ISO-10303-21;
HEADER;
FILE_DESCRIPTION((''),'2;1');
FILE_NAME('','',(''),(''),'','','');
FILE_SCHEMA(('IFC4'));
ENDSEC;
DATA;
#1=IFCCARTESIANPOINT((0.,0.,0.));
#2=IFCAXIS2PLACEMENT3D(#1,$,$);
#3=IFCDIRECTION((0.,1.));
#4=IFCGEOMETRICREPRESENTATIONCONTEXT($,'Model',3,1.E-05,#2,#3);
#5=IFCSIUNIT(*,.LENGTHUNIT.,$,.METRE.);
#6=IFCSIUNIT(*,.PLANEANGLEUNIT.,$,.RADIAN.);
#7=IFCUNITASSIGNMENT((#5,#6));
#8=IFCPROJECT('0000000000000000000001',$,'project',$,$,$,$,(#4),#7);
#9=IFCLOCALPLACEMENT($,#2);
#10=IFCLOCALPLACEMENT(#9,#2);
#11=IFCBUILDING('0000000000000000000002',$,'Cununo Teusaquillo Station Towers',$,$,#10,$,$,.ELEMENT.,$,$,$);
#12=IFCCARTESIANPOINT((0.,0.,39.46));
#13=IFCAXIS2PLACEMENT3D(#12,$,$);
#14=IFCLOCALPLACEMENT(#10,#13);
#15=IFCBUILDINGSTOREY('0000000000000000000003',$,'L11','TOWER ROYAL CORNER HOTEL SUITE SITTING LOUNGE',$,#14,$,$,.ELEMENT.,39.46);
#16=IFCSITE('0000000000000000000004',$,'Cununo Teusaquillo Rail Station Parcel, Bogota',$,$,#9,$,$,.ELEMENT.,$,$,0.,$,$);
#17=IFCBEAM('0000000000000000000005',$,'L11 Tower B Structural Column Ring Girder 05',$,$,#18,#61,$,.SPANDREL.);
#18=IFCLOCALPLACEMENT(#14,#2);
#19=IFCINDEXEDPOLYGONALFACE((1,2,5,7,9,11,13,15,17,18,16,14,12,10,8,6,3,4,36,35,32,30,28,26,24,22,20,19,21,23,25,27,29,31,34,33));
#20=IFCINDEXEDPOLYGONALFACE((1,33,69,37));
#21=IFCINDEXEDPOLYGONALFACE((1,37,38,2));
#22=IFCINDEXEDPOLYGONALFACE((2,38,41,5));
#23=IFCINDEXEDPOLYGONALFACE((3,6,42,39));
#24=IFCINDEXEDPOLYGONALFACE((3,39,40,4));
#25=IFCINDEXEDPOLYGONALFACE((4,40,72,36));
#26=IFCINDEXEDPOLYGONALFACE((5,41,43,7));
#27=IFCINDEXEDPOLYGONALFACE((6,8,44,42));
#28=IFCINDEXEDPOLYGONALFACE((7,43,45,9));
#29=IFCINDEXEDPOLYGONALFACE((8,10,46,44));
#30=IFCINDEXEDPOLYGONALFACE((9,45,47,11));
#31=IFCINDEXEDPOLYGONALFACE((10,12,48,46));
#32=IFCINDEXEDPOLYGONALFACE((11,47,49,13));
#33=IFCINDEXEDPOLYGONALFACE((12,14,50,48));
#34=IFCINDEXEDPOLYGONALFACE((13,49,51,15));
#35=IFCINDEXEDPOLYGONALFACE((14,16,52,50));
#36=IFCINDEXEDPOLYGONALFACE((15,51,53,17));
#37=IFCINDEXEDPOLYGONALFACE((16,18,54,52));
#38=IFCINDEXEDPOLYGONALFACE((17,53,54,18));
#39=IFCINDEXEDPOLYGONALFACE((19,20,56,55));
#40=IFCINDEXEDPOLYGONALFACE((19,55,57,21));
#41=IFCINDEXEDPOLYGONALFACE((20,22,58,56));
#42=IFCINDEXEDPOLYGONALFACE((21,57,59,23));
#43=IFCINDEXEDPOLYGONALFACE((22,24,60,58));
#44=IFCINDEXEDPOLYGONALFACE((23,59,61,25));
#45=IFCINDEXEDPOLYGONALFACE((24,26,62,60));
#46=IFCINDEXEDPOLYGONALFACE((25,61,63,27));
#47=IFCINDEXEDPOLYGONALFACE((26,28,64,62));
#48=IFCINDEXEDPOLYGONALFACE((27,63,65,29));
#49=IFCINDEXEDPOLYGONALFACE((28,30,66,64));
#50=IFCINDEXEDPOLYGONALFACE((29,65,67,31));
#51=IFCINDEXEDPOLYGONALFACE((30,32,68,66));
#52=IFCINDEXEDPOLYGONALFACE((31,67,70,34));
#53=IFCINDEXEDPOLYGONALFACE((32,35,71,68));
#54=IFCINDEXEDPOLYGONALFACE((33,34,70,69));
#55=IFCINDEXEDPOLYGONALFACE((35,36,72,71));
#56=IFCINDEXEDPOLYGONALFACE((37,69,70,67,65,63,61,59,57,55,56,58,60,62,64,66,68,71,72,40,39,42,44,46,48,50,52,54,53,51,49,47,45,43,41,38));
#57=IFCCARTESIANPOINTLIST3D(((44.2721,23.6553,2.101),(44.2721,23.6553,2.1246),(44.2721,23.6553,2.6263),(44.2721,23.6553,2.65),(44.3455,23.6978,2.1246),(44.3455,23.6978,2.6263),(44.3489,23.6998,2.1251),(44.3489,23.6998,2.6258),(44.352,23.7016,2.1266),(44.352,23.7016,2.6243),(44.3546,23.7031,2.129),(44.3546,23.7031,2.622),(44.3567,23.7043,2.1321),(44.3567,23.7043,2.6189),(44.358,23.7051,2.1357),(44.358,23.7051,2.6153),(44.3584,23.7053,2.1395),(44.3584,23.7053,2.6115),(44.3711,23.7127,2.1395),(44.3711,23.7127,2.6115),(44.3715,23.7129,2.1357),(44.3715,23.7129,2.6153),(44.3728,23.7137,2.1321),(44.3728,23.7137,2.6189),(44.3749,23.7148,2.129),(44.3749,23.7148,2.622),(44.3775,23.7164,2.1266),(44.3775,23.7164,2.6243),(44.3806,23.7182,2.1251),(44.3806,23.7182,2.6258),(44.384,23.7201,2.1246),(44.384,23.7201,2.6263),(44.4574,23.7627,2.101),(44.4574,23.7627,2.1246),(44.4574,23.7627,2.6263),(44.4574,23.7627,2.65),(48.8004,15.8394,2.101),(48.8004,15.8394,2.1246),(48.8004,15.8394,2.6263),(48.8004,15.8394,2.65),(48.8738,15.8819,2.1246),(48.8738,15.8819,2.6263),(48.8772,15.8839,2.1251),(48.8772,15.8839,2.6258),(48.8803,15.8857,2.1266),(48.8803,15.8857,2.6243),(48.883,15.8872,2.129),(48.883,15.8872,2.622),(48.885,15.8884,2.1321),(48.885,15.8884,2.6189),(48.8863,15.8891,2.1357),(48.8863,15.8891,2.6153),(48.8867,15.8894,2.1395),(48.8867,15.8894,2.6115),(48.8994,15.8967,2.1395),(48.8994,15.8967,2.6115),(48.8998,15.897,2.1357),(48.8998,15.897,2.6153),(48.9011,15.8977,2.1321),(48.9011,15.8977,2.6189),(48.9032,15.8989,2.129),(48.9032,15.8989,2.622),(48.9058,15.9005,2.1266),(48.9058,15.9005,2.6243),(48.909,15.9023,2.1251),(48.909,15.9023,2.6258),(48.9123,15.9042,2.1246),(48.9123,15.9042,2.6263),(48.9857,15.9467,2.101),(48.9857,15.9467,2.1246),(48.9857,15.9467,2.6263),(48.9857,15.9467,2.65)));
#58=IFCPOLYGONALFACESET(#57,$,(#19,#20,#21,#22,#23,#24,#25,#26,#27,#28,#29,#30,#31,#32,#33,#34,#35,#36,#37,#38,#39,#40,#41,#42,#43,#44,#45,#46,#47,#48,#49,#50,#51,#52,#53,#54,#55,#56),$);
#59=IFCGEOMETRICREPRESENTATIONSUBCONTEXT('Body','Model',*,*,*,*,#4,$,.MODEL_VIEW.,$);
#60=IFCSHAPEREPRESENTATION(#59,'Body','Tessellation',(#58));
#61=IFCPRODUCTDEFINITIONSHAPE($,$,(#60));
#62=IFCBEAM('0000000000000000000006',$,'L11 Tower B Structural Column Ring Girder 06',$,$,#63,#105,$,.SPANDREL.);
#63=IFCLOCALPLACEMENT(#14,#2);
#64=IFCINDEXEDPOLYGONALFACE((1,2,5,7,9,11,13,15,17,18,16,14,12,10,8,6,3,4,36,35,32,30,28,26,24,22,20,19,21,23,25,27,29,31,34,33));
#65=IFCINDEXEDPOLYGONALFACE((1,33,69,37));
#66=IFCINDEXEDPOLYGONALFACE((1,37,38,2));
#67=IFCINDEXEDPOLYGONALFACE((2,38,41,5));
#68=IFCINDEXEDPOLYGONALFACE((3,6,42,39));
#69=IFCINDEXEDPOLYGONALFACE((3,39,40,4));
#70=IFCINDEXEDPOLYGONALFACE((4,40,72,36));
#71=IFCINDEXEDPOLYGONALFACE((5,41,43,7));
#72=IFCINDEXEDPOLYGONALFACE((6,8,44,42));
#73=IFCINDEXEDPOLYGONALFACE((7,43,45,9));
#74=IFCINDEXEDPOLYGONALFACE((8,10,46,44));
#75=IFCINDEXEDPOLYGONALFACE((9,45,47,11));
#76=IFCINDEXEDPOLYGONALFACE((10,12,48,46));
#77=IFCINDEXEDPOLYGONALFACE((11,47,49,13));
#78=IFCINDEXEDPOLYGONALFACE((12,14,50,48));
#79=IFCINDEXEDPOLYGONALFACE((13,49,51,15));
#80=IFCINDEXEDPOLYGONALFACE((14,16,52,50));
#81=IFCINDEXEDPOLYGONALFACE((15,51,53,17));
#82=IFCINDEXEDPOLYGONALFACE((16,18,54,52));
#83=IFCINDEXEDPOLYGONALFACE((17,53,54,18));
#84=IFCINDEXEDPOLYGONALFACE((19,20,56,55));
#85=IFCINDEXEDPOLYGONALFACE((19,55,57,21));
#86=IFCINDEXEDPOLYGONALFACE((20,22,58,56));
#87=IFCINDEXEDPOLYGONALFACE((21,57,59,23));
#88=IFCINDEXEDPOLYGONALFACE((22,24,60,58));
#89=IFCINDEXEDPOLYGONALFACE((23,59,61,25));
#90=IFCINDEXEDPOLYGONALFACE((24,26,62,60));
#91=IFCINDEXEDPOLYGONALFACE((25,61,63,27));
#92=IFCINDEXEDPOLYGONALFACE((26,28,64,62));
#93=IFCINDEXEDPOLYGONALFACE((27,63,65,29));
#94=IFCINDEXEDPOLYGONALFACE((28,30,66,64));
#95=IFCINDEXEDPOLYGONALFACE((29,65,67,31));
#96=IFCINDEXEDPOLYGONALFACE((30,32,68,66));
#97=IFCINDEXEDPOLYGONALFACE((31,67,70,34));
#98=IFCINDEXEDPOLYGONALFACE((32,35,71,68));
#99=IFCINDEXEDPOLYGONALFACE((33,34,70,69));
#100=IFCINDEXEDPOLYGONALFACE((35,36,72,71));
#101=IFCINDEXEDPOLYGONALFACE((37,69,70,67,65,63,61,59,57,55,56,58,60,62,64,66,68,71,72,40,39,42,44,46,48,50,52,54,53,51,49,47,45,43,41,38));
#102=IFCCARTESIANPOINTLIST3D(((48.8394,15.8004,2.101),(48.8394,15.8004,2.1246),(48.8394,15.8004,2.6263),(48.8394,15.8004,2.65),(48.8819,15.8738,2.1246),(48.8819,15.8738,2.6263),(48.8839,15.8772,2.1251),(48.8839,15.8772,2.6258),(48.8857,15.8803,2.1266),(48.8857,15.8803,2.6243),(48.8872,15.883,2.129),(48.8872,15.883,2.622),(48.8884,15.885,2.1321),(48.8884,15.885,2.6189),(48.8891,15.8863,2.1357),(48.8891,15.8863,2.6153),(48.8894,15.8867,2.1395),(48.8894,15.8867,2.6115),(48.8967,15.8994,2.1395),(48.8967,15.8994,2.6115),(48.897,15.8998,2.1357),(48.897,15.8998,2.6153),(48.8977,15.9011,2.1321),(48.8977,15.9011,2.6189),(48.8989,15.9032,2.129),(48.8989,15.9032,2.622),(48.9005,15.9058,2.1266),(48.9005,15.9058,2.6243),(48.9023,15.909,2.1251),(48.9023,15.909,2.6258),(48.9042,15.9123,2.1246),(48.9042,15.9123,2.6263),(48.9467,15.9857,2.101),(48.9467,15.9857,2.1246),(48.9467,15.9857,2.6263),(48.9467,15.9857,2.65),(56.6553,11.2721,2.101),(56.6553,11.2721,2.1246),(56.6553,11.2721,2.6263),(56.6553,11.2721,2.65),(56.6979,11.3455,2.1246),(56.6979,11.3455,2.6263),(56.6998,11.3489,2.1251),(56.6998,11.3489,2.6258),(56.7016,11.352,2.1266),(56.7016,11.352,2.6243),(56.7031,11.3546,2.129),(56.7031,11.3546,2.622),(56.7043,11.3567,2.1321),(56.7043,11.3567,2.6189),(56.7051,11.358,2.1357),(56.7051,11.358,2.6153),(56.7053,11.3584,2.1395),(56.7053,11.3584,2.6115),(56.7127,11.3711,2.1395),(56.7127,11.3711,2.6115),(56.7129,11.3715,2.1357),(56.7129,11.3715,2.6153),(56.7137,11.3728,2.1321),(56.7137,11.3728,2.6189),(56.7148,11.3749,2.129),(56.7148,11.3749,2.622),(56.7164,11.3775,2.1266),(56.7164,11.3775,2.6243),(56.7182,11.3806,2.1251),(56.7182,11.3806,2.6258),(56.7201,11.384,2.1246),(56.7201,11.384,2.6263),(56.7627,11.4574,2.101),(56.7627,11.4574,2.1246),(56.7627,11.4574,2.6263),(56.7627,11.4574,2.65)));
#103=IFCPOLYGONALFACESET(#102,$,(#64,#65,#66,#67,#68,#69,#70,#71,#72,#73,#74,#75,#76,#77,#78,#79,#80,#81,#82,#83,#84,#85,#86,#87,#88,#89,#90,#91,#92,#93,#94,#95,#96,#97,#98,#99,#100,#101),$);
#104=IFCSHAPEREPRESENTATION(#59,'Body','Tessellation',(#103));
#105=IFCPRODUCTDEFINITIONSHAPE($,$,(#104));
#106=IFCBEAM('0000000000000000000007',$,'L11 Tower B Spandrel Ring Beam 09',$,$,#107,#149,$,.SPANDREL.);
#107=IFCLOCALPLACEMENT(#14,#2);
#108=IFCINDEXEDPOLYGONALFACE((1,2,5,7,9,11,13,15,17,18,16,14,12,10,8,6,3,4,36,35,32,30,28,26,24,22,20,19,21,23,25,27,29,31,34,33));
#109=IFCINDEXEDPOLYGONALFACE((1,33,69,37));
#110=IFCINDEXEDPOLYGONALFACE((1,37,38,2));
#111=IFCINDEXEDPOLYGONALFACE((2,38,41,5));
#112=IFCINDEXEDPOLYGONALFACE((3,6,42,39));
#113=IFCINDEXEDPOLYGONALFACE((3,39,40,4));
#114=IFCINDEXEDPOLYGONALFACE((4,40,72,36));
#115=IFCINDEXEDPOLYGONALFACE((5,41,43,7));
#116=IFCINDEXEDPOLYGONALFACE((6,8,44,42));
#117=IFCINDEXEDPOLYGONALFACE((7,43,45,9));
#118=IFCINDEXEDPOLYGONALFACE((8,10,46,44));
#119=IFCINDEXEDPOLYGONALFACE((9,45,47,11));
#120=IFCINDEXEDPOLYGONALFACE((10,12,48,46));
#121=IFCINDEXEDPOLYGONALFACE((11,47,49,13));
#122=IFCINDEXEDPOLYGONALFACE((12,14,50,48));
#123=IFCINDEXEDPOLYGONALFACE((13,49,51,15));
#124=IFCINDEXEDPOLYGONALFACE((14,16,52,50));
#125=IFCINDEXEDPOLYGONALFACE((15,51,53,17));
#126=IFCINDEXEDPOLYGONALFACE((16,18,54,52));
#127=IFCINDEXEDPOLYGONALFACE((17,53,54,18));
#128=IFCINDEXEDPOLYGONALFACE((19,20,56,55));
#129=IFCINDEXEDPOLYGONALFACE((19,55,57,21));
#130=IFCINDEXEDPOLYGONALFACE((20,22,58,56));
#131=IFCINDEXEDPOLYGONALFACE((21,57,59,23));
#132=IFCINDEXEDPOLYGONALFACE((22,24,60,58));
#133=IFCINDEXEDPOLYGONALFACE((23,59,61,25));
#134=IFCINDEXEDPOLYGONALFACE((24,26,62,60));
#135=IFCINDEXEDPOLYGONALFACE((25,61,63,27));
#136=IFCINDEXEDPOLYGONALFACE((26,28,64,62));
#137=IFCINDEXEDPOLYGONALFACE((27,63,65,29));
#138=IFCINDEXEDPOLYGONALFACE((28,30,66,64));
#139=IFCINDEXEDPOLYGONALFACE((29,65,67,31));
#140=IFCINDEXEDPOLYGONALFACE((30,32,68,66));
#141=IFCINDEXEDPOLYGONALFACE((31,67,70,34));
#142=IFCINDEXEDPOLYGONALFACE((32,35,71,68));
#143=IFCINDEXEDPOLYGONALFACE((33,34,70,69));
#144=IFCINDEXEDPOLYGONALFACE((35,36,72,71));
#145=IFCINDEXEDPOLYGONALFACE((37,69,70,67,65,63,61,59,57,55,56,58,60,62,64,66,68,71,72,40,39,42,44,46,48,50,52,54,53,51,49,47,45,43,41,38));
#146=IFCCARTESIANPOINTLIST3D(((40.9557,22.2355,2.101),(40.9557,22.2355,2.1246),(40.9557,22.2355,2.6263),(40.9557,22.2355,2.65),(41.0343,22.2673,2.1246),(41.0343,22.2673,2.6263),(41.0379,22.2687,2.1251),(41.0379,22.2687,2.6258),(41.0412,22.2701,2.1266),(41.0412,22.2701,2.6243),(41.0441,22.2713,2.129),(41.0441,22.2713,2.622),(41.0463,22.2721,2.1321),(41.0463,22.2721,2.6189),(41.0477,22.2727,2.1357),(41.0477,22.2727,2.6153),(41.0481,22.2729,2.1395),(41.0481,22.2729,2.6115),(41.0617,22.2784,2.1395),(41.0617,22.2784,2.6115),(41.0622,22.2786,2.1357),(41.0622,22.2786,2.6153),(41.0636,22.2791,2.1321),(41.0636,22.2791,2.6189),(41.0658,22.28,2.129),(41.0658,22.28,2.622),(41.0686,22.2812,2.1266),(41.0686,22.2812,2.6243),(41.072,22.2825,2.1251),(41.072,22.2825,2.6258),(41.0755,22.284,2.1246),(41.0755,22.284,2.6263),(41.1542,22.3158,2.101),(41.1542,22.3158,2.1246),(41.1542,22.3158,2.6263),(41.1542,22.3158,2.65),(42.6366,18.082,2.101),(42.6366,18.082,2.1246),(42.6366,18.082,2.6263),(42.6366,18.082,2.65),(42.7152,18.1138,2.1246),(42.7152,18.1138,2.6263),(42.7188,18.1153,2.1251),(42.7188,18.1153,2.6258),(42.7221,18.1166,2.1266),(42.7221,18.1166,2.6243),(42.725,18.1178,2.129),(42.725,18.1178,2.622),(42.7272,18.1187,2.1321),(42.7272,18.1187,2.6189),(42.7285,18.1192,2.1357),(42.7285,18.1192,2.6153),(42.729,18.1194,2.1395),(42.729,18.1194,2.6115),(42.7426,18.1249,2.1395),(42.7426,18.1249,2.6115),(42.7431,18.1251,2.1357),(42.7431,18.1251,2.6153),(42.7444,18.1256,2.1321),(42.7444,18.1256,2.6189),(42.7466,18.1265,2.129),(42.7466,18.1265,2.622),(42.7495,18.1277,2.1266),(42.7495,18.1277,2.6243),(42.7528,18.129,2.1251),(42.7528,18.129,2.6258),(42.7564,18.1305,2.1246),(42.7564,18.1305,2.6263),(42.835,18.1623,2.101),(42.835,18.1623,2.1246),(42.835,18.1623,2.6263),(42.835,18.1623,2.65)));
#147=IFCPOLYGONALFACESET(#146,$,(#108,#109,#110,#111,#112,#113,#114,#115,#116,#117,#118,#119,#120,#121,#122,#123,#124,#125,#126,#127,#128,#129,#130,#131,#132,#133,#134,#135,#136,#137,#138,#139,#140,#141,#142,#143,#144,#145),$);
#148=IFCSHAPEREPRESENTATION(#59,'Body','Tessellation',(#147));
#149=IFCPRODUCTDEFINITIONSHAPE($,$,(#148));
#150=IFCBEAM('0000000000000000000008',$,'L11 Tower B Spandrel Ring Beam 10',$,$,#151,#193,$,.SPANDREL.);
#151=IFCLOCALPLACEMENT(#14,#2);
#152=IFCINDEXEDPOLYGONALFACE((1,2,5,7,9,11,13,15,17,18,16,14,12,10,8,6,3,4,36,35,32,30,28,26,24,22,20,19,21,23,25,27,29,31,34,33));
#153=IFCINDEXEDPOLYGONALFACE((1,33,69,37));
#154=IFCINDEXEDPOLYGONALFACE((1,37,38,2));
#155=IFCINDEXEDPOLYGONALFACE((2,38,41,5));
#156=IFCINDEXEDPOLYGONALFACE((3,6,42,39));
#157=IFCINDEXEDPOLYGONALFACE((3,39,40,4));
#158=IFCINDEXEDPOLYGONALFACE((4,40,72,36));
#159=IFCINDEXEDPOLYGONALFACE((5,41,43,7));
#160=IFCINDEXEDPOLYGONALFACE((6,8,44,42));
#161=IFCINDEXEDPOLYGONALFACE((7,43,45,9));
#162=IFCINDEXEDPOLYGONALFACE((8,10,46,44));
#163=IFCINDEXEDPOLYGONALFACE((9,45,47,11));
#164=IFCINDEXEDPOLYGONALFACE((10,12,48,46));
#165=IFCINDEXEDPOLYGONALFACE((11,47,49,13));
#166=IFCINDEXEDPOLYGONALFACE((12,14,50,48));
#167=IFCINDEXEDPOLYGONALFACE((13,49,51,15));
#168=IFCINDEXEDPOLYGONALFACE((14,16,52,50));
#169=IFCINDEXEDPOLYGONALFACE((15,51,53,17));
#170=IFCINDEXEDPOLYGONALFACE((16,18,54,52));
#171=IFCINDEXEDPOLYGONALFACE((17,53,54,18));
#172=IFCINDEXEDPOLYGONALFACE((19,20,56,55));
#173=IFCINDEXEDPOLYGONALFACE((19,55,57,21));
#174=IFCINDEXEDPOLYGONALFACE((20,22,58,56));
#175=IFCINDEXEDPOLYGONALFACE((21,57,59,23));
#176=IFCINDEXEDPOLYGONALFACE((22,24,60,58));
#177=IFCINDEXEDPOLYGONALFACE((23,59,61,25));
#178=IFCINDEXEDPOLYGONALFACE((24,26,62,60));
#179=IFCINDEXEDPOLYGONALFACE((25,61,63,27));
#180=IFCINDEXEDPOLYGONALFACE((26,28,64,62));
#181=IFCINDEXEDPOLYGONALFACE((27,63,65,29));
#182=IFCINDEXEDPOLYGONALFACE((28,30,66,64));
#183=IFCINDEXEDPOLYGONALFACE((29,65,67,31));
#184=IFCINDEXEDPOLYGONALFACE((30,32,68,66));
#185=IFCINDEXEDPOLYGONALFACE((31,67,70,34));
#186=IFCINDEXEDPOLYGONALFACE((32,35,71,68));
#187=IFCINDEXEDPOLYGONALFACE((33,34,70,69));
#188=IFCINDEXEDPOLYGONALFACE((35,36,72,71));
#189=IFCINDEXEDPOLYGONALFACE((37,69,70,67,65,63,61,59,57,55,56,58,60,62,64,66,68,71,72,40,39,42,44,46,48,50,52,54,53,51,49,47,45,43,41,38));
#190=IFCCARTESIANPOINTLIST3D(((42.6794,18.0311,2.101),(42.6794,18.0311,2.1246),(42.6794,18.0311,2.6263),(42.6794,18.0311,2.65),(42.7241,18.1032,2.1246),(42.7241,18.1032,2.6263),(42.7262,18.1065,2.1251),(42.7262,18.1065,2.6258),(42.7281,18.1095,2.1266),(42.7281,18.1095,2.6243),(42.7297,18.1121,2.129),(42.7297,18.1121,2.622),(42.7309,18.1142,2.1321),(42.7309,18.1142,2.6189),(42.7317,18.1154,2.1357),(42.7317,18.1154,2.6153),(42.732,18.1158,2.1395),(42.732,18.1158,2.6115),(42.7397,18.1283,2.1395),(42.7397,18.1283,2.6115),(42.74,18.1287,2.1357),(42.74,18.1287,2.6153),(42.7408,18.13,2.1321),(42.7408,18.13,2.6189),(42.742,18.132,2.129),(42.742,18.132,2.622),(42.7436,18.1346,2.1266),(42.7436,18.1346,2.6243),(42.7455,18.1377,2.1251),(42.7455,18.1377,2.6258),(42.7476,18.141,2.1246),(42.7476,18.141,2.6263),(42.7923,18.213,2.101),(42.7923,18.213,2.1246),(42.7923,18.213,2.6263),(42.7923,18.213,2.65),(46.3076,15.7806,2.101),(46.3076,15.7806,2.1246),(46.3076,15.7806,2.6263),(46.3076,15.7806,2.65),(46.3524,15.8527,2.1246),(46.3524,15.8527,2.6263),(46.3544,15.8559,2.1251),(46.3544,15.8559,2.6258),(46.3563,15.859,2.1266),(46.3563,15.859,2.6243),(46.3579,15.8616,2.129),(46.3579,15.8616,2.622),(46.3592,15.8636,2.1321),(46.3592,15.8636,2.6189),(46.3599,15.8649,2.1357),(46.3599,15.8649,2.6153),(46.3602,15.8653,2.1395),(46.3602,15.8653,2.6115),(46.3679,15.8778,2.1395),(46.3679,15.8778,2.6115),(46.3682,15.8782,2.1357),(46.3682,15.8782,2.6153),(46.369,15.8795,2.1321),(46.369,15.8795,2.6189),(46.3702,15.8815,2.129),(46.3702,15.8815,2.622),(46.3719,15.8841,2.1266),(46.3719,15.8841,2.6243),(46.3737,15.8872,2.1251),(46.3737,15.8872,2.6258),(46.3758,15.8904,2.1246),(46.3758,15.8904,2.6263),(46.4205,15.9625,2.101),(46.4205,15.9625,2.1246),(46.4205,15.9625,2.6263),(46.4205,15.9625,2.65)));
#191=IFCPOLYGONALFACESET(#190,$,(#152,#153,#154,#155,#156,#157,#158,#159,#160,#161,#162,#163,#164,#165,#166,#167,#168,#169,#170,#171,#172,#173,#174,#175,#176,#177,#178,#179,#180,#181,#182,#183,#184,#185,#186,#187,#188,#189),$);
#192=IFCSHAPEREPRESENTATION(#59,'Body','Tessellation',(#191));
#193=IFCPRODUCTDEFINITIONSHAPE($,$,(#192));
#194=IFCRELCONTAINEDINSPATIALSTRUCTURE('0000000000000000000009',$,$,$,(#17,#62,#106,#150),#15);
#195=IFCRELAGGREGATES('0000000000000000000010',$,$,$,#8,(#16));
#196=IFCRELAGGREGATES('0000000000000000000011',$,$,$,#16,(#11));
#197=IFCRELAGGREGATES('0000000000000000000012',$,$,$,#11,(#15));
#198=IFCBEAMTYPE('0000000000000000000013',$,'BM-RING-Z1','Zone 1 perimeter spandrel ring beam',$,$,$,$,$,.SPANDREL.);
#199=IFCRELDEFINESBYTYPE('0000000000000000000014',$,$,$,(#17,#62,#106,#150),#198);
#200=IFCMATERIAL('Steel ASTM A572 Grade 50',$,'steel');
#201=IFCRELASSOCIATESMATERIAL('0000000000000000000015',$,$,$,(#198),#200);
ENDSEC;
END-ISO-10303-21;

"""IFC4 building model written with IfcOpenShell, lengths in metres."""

from ifc_helpers import new_model, si_unit, direction, frame, origin, origin_2d, place, context, subcontext, project, spatial, i_section, extrude, material, material_profile, profile_set, type_object, element, save


model = new_model("IFC4")

# Units and contexts
model_context = context("Model", 3, precision=1e-05, world=origin(), true_north=direction((0.0, 1.0)))
body_context = subcontext(model_context, "Body", "Model", "MODEL_VIEW")
ifc_project = project(units=[si_unit("LENGTHUNIT", "METRE"), si_unit("PLANEANGLEUNIT", "RADIAN")], contexts=[model_context])

# Site, building, storey
site_placement = place(None, origin())
site = spatial("IfcSite", under=ifc_project, at=site_placement, Name="Cununo Teusaquillo Rail Station Parcel, Bogota", CompositionType="ELEMENT", RefElevation=0.0)
building_placement = place(site_placement, origin())
building = spatial("IfcBuilding", under=site, at=building_placement, Name="Cununo Teusaquillo Station Towers", CompositionType="ELEMENT")
storey_placement = place(building_placement, frame((0.0, 0.0, 39.46)))
storey = spatial("IfcBuildingStorey", under=building, at=storey_placement, Name="L11", Description="TOWER ROYAL CORNER HOTEL SUITE SITTING LOUNGE", CompositionType="ELEMENT", Elevation=39.46)

# Beams
ifc_material_1 = material(Name="Steel ASTM A572 Grade 50", Category="steel")
ifc_material_profile_1 = material_profile(ifc_material_1, i_section(OverallWidth=0.2141, OverallDepth=0.5491, WebThickness=0.0146, FlangeThickness=0.0237, FilletRadius=0.0149, at=origin_2d()), Name="W21X93")
ifc_profile_set_1 = profile_set([ifc_material_profile_1], Name="Steel ASTM A572 Grade 50")
beam_type_1 = type_object("IfcBeamType", Name="BM-RING-Z1", Description="Zone 1 perimeter spandrel ring beam", PredefinedType="SPANDREL", material=ifc_profile_set_1)
for number, where, z_axis, x_axis, name in (
    (1, (44.3647, 23.709, 2.3755), (0.501311, -0.865267, 0.0), (0.865267, 0.501311, 0.0), "L11 Tower B Structural Column Ring Girder 05"),
    (2, (48.8931, 15.8931, 2.3755), (0.865267, -0.501311, 0.0), (0.501311, 0.865267, 0.0), "L11 Tower B Structural Column Ring Girder 06"),
):
    element("IfcBeam", number, at=place(storey_placement, frame(where, z_axis=z_axis, x_axis=x_axis)), inside=storey, type_object=beam_type_1, Name=name, PredefinedType="SPANDREL", context=body_context, shape_type="SweptSolid", body=[
        extrude(i_section(OverallWidth=0.2141, OverallDepth=0.5491, WebThickness=0.0146, FlangeThickness=0.0237, FilletRadius=0.0149, at=origin_2d()), origin(), (0.0, 0.0, 1.0), 9.033),
    ])
beam_1_placement = place(storey_placement, frame((41.0549, 22.2756, 2.3755), z_axis=(0.375136, -0.92697, 0.0), x_axis=(0.92697, 0.375136, 0.0)))
element("IfcBeam", 3, at=beam_1_placement, inside=storey, type_object=beam_type_1, Name="L11 Tower B Spandrel Ring Beam 09", PredefinedType="SPANDREL", context=body_context, shape_type="SweptSolid", body=[
    extrude(i_section(OverallWidth=0.2141, OverallDepth=0.5491, WebThickness=0.0146, FlangeThickness=0.0237, FilletRadius=0.0149, at=origin_2d()), origin(), (0.0, 0.0, 1.0), 4.4807),
])
beam_2_placement = place(storey_placement, frame((42.7358, 18.1221, 2.3755), z_axis=(0.849796, -0.527112, 0.0), x_axis=(0.527112, 0.849796, 0.0)))
element("IfcBeam", 4, at=beam_2_placement, inside=storey, type_object=beam_type_1, Name="L11 Tower B Spandrel Ring Beam 10", PredefinedType="SPANDREL", context=body_context, shape_type="SweptSolid", body=[
    extrude(i_section(OverallWidth=0.2141, OverallDepth=0.5491, WebThickness=0.0146, FlangeThickness=0.0237, FilletRadius=0.0149, at=origin_2d()), origin(), (0.0, 0.0, 1.0), 4.2695),
])

save(model, "model.ifc")
